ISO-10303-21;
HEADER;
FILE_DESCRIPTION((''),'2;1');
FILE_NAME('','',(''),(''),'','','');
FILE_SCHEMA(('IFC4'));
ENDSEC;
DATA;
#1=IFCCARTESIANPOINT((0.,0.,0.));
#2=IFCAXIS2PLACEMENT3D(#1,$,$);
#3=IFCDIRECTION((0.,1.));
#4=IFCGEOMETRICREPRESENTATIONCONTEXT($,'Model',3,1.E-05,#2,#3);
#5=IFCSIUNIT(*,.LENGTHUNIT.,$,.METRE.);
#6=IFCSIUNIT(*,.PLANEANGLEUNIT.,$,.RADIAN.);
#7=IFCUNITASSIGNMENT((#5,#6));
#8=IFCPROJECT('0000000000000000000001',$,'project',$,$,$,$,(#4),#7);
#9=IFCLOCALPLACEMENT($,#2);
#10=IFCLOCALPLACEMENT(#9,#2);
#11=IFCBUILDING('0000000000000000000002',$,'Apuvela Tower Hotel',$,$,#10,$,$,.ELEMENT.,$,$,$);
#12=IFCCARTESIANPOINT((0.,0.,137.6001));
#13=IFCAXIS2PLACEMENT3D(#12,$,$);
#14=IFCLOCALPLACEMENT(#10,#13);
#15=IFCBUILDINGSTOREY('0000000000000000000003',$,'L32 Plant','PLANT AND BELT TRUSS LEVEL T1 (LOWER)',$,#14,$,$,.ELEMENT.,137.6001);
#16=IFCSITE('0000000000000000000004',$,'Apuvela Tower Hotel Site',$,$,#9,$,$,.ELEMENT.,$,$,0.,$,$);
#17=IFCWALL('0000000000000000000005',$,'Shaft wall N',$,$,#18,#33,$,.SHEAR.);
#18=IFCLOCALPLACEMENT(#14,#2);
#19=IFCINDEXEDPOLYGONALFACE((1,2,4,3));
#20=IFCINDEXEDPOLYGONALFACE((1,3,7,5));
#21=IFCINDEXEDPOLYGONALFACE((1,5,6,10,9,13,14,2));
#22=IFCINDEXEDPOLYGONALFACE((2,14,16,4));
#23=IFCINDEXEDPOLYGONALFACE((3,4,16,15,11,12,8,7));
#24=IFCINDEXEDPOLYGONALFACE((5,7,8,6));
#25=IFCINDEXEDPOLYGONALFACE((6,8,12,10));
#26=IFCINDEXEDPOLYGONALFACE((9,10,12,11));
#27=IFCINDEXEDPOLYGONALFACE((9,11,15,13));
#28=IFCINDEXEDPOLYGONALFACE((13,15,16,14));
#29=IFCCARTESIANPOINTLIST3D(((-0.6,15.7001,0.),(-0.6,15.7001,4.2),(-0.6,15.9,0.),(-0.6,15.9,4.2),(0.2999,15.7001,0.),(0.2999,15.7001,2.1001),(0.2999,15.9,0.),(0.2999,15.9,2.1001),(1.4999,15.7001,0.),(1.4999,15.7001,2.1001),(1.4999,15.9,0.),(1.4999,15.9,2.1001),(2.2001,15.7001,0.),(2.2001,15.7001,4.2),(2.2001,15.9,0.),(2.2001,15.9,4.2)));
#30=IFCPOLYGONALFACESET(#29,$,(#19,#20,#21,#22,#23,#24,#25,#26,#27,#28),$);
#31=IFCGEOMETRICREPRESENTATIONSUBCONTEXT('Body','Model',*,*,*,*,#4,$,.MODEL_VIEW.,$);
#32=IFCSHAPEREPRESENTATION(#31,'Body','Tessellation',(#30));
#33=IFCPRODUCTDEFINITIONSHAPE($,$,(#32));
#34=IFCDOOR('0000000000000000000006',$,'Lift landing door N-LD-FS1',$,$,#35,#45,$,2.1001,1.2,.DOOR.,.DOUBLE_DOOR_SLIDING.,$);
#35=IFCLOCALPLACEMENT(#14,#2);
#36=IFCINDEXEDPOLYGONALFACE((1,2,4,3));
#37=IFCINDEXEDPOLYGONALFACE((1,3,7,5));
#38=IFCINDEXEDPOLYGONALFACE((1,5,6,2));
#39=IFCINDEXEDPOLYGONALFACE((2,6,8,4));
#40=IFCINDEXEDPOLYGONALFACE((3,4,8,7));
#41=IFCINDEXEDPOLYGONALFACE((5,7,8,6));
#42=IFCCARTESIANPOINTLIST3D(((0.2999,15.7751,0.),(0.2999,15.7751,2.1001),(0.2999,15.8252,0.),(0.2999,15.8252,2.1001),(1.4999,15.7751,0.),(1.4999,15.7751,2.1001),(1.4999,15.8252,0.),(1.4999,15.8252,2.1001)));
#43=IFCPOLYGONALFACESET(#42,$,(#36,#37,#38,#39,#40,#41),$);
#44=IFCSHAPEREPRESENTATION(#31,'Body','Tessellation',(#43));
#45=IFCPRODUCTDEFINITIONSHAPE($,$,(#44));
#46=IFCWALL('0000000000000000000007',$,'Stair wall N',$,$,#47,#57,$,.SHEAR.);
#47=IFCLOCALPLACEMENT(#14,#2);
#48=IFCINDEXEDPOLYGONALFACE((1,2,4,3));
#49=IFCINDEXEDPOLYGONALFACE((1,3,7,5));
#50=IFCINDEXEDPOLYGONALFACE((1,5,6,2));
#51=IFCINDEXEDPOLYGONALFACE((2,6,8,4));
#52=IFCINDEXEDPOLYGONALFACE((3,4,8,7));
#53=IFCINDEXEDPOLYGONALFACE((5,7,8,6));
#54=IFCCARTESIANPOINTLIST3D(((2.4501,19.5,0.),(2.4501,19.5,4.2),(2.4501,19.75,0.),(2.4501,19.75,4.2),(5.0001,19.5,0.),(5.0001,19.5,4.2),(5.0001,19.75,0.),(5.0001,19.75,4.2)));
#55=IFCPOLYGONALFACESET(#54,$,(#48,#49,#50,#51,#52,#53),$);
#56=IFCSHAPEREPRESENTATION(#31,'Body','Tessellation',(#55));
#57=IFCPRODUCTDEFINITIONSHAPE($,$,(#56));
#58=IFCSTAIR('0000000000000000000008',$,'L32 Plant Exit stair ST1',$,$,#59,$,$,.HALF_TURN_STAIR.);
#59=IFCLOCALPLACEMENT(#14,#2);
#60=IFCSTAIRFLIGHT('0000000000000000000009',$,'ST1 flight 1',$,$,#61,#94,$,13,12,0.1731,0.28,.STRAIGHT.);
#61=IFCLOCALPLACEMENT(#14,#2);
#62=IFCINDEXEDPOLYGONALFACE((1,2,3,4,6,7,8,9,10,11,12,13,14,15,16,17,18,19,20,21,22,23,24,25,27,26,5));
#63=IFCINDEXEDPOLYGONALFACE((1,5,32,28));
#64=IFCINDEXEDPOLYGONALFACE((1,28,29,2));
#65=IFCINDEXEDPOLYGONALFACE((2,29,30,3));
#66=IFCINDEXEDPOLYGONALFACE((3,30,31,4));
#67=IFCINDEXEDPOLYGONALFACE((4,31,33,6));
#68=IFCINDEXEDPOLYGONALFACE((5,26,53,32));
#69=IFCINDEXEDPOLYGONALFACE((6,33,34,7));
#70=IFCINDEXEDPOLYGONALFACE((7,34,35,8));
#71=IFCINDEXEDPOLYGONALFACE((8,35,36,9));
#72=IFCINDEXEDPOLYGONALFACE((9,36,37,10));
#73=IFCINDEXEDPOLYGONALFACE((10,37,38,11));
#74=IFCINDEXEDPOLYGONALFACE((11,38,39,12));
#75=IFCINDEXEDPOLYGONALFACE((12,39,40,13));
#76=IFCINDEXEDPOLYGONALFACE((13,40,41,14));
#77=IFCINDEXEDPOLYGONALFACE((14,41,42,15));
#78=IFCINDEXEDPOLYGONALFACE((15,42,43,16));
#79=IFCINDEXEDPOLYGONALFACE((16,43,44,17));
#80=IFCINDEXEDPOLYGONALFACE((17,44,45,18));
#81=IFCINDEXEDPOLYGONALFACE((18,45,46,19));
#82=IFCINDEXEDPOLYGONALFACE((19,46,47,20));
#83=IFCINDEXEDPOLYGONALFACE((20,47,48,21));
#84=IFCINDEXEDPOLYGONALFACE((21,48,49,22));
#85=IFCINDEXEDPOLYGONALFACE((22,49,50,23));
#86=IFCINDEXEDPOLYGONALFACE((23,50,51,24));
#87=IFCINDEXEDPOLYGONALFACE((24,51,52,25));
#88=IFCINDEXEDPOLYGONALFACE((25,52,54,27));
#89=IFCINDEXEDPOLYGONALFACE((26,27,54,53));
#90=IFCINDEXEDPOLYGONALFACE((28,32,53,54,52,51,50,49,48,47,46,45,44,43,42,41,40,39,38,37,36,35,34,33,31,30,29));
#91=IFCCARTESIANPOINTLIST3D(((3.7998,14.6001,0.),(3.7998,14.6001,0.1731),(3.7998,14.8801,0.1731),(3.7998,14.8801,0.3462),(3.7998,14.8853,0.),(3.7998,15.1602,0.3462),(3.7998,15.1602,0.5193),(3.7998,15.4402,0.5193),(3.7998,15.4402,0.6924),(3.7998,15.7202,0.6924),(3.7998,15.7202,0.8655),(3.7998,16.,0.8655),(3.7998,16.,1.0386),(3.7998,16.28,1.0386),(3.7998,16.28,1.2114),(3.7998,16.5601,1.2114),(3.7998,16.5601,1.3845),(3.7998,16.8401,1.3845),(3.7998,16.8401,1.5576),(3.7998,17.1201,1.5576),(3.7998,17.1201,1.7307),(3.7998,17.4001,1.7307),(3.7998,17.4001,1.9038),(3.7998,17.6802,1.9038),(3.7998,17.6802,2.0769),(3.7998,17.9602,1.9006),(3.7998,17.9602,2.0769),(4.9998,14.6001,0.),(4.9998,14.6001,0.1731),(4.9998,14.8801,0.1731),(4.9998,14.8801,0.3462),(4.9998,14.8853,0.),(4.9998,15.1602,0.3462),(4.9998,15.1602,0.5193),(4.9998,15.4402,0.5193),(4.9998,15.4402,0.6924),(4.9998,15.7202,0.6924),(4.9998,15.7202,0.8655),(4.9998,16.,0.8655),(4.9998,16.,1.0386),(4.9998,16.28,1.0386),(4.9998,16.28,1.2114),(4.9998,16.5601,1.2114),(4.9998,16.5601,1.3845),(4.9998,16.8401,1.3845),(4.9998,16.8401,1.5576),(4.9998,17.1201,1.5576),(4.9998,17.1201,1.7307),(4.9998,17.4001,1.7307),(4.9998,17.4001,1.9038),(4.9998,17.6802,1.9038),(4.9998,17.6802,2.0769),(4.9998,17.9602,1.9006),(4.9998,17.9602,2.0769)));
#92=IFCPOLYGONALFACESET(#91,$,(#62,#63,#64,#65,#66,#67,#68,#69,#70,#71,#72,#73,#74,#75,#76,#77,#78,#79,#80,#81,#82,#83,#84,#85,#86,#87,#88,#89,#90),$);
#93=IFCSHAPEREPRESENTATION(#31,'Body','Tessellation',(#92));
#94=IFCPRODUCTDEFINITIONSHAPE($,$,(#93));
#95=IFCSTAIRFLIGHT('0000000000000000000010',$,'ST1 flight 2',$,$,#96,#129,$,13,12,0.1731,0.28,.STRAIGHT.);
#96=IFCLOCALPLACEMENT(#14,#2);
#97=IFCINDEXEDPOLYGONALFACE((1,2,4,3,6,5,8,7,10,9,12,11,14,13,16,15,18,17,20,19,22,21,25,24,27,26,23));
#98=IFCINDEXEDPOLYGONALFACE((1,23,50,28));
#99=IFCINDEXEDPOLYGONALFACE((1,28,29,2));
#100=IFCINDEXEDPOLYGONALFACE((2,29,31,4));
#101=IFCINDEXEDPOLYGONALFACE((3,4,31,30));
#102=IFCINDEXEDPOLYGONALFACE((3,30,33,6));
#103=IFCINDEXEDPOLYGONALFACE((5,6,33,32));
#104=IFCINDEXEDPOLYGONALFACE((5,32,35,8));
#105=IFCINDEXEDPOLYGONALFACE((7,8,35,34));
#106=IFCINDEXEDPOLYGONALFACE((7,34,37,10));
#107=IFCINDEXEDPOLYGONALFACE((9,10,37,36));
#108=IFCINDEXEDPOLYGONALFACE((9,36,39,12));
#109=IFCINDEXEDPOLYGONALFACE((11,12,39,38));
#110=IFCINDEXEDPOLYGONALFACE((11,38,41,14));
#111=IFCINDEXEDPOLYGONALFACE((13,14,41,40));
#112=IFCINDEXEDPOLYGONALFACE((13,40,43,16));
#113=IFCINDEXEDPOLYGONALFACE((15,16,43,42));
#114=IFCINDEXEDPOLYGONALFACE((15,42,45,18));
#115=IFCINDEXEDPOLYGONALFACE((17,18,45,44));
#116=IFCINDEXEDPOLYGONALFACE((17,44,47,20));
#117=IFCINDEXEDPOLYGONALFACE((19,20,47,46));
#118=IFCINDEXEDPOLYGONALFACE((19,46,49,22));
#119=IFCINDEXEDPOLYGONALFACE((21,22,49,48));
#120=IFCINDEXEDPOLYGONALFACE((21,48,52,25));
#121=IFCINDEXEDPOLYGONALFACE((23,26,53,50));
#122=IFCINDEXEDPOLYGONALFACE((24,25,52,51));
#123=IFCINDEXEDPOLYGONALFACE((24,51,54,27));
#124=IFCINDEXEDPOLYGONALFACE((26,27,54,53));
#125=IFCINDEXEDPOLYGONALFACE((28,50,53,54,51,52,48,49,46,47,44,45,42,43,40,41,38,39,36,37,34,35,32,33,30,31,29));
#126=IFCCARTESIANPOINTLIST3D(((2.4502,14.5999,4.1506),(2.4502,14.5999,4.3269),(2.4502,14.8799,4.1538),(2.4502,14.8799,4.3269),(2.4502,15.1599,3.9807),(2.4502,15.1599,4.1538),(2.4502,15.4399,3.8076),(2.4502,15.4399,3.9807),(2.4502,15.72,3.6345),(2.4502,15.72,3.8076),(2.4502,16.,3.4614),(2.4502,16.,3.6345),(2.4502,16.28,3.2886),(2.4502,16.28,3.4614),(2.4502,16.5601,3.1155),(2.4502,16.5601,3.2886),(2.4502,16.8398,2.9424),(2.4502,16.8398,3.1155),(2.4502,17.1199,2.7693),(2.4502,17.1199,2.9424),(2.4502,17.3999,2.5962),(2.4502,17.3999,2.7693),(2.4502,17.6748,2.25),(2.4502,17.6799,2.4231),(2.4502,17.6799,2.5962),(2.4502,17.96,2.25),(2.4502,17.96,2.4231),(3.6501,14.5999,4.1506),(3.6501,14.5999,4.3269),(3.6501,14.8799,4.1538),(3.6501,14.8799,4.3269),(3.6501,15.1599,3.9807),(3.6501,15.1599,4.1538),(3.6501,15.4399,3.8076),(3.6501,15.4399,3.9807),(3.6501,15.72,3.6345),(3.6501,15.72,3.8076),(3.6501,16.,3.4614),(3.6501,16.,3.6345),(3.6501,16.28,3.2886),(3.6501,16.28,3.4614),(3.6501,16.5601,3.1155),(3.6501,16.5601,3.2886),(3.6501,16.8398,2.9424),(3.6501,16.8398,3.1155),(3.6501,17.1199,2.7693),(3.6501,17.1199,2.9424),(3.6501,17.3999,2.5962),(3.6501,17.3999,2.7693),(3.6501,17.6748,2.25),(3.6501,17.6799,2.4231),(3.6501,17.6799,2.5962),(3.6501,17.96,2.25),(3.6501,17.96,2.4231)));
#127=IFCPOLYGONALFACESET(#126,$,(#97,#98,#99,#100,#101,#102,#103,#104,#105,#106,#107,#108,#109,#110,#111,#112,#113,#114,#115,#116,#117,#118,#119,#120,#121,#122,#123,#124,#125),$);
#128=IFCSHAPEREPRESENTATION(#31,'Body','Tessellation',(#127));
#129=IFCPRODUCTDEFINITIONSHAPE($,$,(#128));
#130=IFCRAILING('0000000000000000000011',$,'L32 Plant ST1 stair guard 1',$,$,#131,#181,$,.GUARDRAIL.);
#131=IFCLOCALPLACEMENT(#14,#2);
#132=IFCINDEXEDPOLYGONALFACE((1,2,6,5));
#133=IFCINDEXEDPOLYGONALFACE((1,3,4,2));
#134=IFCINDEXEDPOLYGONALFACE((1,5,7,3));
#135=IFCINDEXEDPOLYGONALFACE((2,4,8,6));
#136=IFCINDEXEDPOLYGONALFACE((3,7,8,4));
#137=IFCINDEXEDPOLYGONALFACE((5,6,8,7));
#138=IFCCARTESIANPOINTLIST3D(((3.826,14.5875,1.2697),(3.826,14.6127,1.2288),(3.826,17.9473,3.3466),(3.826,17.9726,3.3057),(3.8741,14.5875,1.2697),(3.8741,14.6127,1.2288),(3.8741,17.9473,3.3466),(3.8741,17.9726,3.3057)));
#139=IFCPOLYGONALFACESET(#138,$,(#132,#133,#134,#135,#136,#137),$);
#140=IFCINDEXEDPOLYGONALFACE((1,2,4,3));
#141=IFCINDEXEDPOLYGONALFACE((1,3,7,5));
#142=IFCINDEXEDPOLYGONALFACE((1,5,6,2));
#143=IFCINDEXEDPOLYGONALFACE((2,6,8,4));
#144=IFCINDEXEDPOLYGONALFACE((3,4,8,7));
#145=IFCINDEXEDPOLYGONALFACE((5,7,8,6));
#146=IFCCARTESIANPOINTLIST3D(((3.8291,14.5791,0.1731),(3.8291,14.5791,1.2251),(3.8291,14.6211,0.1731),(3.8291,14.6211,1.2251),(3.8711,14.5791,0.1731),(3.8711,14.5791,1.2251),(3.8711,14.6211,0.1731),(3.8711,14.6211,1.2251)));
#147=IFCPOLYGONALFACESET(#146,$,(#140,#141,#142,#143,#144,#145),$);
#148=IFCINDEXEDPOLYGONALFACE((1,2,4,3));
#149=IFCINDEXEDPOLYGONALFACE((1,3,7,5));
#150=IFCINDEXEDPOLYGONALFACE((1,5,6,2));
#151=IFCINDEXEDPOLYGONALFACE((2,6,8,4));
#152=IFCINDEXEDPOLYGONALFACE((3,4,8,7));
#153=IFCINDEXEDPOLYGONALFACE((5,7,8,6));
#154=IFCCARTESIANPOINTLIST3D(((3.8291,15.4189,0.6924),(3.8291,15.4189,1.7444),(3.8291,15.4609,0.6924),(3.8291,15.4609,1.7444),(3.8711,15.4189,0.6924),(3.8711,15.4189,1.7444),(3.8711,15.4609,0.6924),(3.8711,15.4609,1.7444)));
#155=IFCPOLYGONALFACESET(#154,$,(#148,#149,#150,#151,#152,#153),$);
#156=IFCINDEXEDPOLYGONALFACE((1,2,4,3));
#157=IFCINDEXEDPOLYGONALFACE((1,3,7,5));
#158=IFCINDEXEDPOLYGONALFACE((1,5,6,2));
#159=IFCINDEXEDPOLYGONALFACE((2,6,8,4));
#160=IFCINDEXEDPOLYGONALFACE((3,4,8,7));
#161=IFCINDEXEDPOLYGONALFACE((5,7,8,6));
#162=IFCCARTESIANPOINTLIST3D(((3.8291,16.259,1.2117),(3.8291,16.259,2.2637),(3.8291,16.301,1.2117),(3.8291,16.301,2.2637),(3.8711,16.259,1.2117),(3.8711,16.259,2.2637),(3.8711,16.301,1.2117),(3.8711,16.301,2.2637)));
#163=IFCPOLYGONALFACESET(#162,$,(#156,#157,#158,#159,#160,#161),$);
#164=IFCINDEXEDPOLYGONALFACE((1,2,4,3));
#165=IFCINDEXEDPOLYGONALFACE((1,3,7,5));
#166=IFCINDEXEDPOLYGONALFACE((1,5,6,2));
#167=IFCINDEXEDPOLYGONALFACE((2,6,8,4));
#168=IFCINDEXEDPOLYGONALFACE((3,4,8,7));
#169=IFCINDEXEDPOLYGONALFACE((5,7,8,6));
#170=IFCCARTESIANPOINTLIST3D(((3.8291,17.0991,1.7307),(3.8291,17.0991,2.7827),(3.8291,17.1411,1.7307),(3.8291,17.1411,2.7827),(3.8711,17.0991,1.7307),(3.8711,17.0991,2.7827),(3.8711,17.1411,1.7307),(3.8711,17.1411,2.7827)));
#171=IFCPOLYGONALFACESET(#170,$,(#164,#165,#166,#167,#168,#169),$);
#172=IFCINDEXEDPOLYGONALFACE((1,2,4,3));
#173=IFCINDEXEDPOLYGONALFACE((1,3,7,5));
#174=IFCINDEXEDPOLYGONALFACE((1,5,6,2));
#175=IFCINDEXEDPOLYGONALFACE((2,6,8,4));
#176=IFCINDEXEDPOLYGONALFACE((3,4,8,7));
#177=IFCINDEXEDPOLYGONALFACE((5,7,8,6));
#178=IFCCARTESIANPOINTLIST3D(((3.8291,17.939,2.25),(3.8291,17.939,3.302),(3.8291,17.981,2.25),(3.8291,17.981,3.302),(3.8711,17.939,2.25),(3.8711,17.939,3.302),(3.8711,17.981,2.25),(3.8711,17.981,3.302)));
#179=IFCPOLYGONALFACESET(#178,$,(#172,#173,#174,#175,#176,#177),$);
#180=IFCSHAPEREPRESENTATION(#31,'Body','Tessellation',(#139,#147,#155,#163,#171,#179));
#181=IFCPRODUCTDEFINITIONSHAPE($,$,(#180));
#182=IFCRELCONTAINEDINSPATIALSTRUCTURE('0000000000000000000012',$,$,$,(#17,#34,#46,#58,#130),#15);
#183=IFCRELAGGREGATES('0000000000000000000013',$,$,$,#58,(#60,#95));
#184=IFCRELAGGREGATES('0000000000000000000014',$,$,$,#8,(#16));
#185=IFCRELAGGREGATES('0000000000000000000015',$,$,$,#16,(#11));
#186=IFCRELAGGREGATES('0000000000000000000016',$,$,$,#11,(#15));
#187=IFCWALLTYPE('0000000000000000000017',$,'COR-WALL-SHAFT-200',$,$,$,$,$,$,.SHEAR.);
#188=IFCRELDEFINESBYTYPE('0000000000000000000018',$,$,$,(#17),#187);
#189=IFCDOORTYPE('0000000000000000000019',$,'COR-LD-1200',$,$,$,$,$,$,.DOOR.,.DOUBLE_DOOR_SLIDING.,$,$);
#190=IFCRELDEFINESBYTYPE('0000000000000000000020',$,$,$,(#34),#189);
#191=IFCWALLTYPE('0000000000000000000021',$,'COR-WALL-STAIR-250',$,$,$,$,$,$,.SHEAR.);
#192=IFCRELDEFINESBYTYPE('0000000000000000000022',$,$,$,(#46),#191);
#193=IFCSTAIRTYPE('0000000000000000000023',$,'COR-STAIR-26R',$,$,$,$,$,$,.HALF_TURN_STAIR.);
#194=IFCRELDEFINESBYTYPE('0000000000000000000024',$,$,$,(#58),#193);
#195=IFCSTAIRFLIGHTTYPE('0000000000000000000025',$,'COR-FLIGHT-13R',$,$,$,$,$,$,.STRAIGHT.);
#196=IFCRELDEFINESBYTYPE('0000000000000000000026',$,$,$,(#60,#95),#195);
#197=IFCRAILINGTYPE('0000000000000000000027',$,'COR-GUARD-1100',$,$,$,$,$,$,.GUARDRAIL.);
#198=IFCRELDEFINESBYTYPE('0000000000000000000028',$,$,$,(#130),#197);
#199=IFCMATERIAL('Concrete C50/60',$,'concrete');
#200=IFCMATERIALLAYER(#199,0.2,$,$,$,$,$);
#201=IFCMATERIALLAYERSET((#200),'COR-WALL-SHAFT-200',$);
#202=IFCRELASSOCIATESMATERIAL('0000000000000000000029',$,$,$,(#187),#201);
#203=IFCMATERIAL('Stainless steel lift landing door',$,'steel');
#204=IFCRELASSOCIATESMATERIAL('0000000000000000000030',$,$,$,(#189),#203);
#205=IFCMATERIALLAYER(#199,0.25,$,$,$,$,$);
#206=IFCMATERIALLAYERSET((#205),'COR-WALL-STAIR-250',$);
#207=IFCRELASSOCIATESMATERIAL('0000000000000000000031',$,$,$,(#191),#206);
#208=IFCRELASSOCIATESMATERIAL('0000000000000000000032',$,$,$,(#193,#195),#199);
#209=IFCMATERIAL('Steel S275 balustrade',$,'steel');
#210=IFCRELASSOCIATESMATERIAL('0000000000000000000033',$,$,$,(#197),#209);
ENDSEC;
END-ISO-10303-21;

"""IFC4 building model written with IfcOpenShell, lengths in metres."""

from ifc_helpers import new_model, si_unit, direction, frame, frame_2d, origin, origin_2d, place, context, subcontext, project, spatial, polyline, rectangle, outline, extrude, material, layer, layer_set, type_object, element, fill, aggregate, save


model = new_model("IFC4")

# Units and contexts
model_context = context("Model", 3, precision=1e-05, world=origin(), true_north=direction((0.0, 1.0)))
body_context = subcontext(model_context, "Body", "Model", "MODEL_VIEW")
ifc_project = project(units=[si_unit("LENGTHUNIT", "METRE"), si_unit("PLANEANGLEUNIT", "RADIAN")], contexts=[model_context])

# Site, building, storey
site_placement = place(None, origin())
site = spatial("IfcSite", under=ifc_project, at=site_placement, Name="Apuvela Tower Hotel Site", CompositionType="ELEMENT", RefElevation=0.0)
building_placement = place(site_placement, origin())
building = spatial("IfcBuilding", under=site, at=building_placement, Name="Apuvela Tower Hotel", CompositionType="ELEMENT")
storey_placement = place(building_placement, frame((0.0, 0.0, 137.6001)))
storey = spatial("IfcBuildingStorey", under=building, at=storey_placement, Name="L32 Plant", Description="PLANT AND BELT TRUSS LEVEL T1 (LOWER)", CompositionType="ELEMENT", Elevation=137.6001)

# Shared definitions
ifc_material_1 = material(Name="Concrete C50/60", Category="concrete")
ifc_layer_1 = layer(ifc_material_1, 0.2)
ifc_layer_set_1 = layer_set([ifc_layer_1], Name="COR-WALL-SHAFT-200")
wall_type_1 = type_object("IfcWallType", Name="COR-WALL-SHAFT-200", PredefinedType="SHEAR", material=ifc_layer_set_1)

# Wall, opening, door
wall_1_placement = place(storey_placement, frame((2.2, 15.8, 0.0), z_axis=(0.0, 0.0, 1.0), x_axis=(-1.0, 0.0, 0.0)))
wall_1 = element("IfcWall", 1, at=wall_1_placement, inside=storey, type_object=wall_type_1, Name="Shaft wall N", PredefinedType="SHEAR", context=body_context, shape_type="SweptSolid", body=[
    extrude(rectangle(XDim=2.8, YDim=0.2, at=frame_2d((1.3999, 0.0))), origin(), (0.0, 0.0, 1.0), 4.2),
])
opening_placement = place(wall_1_placement, frame((0.7, 0.0, 0.0)))
opening = element("IfcOpeningElement", 2, at=opening_placement, cuts=wall_1, PredefinedType="OPENING", context=body_context, shape_type="SweptSolid", body=[
    extrude(rectangle(XDim=1.2, YDim=2.1001, at=frame_2d((0.6001, 1.05))), frame((0.0, 0.1099, 0.0), z_axis=(0.0, -1.0, 0.0), x_axis=(1.0, 0.0, 0.0)), (0.0, 0.0, 1.0), 0.22),
])
ifc_material_2 = material(Name="Stainless steel lift landing door", Category="steel")
door_type = type_object("IfcDoorType", Name="COR-LD-1200", OperationType="DOUBLE_DOOR_SLIDING", PredefinedType="DOOR", material=ifc_material_2)
door_placement = place(opening_placement, origin())
door = element("IfcDoor", 3, at=door_placement, inside=storey, type_object=door_type, Name="Lift landing door N-LD-FS1", OperationType="DOUBLE_DOOR_SLIDING", OverallHeight=2.1001, OverallWidth=1.2, PredefinedType="DOOR", context=body_context, shape_type="SweptSolid", body=[
    extrude(rectangle(XDim=1.2, YDim=2.1001, at=frame_2d((0.6001, 1.05))), frame((0.0, 0.0249, 0.0), z_axis=(0.0, -1.0, 0.0), x_axis=(1.0, 0.0, 0.0)), (0.0, 0.0, 1.0), 0.05),
])
fill(opening, door)

# Wall
ifc_layer_2 = layer(ifc_material_1, 0.25)
ifc_layer_set_2 = layer_set([ifc_layer_2], Name="COR-WALL-STAIR-250")
wall_type_2 = type_object("IfcWallType", Name="COR-WALL-STAIR-250", PredefinedType="SHEAR", material=ifc_layer_set_2)
wall_2_placement = place(storey_placement, frame((5.0, 19.625, 0.0), z_axis=(0.0, 0.0, 1.0), x_axis=(-1.0, 0.0, 0.0)))
element("IfcWall", 4, at=wall_2_placement, inside=storey, type_object=wall_type_2, Name="Stair wall N", PredefinedType="SHEAR", context=body_context, shape_type="SweptSolid", body=[
    extrude(rectangle(XDim=2.55, YDim=0.25, at=frame_2d((1.2749, 0.0))), origin(), (0.0, 0.0, 1.0), 4.2),
])

# Stair, stair flights
stair_type = type_object("IfcStairType", Name="COR-STAIR-26R", PredefinedType="HALF_TURN_STAIR", material=ifc_material_1)
stair_placement = place(storey_placement, origin())
stair = element("IfcStair", 5, at=stair_placement, inside=storey, type_object=stair_type, Name="L32 Plant Exit stair ST1", PredefinedType="HALF_TURN_STAIR")
stair_flight_type = type_object("IfcStairFlightType", Name="COR-FLIGHT-13R", PredefinedType="STRAIGHT", material=ifc_material_1)
stair_flight_1_placement = place(storey_placement, frame((4.3999, 14.6001, 0.0), z_axis=(0.0, 0.0, 1.0), x_axis=(0.0, 1.0, 0.0)))
stair_flight_1 = element("IfcStairFlight", 6, at=stair_flight_1_placement, type_object=stair_flight_type, Name="ST1 flight 1", NumberOfRisers=13, NumberOfTreads=12, PredefinedType="STRAIGHT", RiserHeight=0.1731, TreadLength=0.28, context=body_context, shape_type="SweptSolid", body=[
    extrude(outline(polyline([(0.0, 0.0), (0.0, 0.1731), (0.28, 0.1731), (0.28, 0.3462), (0.5601, 0.3462), (0.5601, 0.5193), (0.8401, 0.5193), (0.8401, 0.6924), (1.1201, 0.6924), (1.1201, 0.8655), (1.3999, 0.8655), (1.3999, 1.0386), (1.6799, 1.0386), (1.6799, 1.2114), (1.96, 1.2114), (1.96, 1.3845), (2.24, 1.3845), (2.24, 1.5576), (2.52, 1.5576), (2.52, 1.7307), (2.8, 1.7307), (2.8, 1.9038), (3.0801, 1.9038), (3.0801, 2.0769), (3.3601, 2.0769), (3.3601, 2.25), (3.3601, 1.9006), (0.2852, 0.0), (0.0, 0.0)])), frame((0.0, 0.6001, 0.0), z_axis=(0.0, -1.0, 0.0), x_axis=(1.0, 0.0, 0.0)), (0.0, 0.0, 1.0), 1.2),
])
stair_flight_2_placement = place(storey_placement, frame((3.05, 17.96, 2.25), z_axis=(0.0, 0.0, 1.0), x_axis=(0.0, -1.0, 0.0)))
stair_flight_2 = element("IfcStairFlight", 7, at=stair_flight_2_placement, type_object=stair_flight_type, Name="ST1 flight 2", NumberOfRisers=13, NumberOfTreads=12, PredefinedType="STRAIGHT", RiserHeight=0.1731, TreadLength=0.28, context=body_context, shape_type="SweptSolid", body=[
    extrude(outline(polyline([(0.0, 0.0), (0.0, 0.1731), (0.28, 0.1731), (0.28, 0.3462), (0.5601, 0.3462), (0.5601, 0.5193), (0.8401, 0.5193), (0.8401, 0.6924), (1.1201, 0.6924), (1.1201, 0.8655), (1.3999, 0.8655), (1.3999, 1.0386), (1.6799, 1.0386), (1.6799, 1.2114), (1.96, 1.2114), (1.96, 1.3845), (2.24, 1.3845), (2.24, 1.5576), (2.52, 1.5576), (2.52, 1.7307), (2.8, 1.7307), (2.8, 1.9038), (3.0801, 1.9038), (3.0801, 2.0769), (3.3601, 2.0769), (3.3601, 2.25), (3.3601, 1.9006), (0.2852, 0.0), (0.0, 0.0)])), frame((0.0, 0.6001, 0.0), z_axis=(0.0, -1.0, 0.0), x_axis=(1.0, 0.0, 0.0)), (0.0, 0.0, 1.0), 1.2),
])
aggregate(stair, [stair_flight_1, stair_flight_2])

# Railing
ifc_material_3 = material(Name="Steel S275 balustrade", Category="steel")
railing_type_1 = type_object("IfcRailingType", Name="COR-GUARD-1100", PredefinedType="GUARDRAIL", material=ifc_material_3)
railing_1_placement = place(storey_placement, frame((3.8501, 14.6001, 0.1731)))
element("IfcRailing", 8, at=railing_1_placement, inside=storey, type_object=railing_type_1, Name="L32 Plant ST1 stair guard 1", PredefinedType="GUARDRAIL", context=body_context, shape_type="SweptSolid", body=[
    extrude(rectangle(XDim=0.0481, YDim=0.0481, at=origin_2d()), frame((0.0, 0.0, 1.0762), z_axis=(0.0, 0.850606, 0.525803), x_axis=(-1.0, 0.0, 0.0)), (0.0, 0.0, 1.0), 3.95),
    extrude(rectangle(XDim=0.042, YDim=0.042, at=origin_2d()), origin(), (0.0, 0.0, 1.0), 1.052),
    extrude(rectangle(XDim=0.042, YDim=0.042, at=origin_2d()), frame((0.0, 0.8398, 0.5193)), (0.0, 0.0, 1.0), 1.052),
    extrude(rectangle(XDim=0.042, YDim=0.042, at=origin_2d()), frame((0.0, 1.6799, 1.0386)), (0.0, 0.0, 1.0), 1.052),
    extrude(rectangle(XDim=0.042, YDim=0.042, at=origin_2d()), frame((0.0, 2.52, 1.5576)), (0.0, 0.0, 1.0), 1.052),
    extrude(rectangle(XDim=0.042, YDim=0.042, at=origin_2d()), frame((0.0, 3.3599, 2.0769)), (0.0, 0.0, 1.0), 1.052),
])

save(model, "model.ifc")
